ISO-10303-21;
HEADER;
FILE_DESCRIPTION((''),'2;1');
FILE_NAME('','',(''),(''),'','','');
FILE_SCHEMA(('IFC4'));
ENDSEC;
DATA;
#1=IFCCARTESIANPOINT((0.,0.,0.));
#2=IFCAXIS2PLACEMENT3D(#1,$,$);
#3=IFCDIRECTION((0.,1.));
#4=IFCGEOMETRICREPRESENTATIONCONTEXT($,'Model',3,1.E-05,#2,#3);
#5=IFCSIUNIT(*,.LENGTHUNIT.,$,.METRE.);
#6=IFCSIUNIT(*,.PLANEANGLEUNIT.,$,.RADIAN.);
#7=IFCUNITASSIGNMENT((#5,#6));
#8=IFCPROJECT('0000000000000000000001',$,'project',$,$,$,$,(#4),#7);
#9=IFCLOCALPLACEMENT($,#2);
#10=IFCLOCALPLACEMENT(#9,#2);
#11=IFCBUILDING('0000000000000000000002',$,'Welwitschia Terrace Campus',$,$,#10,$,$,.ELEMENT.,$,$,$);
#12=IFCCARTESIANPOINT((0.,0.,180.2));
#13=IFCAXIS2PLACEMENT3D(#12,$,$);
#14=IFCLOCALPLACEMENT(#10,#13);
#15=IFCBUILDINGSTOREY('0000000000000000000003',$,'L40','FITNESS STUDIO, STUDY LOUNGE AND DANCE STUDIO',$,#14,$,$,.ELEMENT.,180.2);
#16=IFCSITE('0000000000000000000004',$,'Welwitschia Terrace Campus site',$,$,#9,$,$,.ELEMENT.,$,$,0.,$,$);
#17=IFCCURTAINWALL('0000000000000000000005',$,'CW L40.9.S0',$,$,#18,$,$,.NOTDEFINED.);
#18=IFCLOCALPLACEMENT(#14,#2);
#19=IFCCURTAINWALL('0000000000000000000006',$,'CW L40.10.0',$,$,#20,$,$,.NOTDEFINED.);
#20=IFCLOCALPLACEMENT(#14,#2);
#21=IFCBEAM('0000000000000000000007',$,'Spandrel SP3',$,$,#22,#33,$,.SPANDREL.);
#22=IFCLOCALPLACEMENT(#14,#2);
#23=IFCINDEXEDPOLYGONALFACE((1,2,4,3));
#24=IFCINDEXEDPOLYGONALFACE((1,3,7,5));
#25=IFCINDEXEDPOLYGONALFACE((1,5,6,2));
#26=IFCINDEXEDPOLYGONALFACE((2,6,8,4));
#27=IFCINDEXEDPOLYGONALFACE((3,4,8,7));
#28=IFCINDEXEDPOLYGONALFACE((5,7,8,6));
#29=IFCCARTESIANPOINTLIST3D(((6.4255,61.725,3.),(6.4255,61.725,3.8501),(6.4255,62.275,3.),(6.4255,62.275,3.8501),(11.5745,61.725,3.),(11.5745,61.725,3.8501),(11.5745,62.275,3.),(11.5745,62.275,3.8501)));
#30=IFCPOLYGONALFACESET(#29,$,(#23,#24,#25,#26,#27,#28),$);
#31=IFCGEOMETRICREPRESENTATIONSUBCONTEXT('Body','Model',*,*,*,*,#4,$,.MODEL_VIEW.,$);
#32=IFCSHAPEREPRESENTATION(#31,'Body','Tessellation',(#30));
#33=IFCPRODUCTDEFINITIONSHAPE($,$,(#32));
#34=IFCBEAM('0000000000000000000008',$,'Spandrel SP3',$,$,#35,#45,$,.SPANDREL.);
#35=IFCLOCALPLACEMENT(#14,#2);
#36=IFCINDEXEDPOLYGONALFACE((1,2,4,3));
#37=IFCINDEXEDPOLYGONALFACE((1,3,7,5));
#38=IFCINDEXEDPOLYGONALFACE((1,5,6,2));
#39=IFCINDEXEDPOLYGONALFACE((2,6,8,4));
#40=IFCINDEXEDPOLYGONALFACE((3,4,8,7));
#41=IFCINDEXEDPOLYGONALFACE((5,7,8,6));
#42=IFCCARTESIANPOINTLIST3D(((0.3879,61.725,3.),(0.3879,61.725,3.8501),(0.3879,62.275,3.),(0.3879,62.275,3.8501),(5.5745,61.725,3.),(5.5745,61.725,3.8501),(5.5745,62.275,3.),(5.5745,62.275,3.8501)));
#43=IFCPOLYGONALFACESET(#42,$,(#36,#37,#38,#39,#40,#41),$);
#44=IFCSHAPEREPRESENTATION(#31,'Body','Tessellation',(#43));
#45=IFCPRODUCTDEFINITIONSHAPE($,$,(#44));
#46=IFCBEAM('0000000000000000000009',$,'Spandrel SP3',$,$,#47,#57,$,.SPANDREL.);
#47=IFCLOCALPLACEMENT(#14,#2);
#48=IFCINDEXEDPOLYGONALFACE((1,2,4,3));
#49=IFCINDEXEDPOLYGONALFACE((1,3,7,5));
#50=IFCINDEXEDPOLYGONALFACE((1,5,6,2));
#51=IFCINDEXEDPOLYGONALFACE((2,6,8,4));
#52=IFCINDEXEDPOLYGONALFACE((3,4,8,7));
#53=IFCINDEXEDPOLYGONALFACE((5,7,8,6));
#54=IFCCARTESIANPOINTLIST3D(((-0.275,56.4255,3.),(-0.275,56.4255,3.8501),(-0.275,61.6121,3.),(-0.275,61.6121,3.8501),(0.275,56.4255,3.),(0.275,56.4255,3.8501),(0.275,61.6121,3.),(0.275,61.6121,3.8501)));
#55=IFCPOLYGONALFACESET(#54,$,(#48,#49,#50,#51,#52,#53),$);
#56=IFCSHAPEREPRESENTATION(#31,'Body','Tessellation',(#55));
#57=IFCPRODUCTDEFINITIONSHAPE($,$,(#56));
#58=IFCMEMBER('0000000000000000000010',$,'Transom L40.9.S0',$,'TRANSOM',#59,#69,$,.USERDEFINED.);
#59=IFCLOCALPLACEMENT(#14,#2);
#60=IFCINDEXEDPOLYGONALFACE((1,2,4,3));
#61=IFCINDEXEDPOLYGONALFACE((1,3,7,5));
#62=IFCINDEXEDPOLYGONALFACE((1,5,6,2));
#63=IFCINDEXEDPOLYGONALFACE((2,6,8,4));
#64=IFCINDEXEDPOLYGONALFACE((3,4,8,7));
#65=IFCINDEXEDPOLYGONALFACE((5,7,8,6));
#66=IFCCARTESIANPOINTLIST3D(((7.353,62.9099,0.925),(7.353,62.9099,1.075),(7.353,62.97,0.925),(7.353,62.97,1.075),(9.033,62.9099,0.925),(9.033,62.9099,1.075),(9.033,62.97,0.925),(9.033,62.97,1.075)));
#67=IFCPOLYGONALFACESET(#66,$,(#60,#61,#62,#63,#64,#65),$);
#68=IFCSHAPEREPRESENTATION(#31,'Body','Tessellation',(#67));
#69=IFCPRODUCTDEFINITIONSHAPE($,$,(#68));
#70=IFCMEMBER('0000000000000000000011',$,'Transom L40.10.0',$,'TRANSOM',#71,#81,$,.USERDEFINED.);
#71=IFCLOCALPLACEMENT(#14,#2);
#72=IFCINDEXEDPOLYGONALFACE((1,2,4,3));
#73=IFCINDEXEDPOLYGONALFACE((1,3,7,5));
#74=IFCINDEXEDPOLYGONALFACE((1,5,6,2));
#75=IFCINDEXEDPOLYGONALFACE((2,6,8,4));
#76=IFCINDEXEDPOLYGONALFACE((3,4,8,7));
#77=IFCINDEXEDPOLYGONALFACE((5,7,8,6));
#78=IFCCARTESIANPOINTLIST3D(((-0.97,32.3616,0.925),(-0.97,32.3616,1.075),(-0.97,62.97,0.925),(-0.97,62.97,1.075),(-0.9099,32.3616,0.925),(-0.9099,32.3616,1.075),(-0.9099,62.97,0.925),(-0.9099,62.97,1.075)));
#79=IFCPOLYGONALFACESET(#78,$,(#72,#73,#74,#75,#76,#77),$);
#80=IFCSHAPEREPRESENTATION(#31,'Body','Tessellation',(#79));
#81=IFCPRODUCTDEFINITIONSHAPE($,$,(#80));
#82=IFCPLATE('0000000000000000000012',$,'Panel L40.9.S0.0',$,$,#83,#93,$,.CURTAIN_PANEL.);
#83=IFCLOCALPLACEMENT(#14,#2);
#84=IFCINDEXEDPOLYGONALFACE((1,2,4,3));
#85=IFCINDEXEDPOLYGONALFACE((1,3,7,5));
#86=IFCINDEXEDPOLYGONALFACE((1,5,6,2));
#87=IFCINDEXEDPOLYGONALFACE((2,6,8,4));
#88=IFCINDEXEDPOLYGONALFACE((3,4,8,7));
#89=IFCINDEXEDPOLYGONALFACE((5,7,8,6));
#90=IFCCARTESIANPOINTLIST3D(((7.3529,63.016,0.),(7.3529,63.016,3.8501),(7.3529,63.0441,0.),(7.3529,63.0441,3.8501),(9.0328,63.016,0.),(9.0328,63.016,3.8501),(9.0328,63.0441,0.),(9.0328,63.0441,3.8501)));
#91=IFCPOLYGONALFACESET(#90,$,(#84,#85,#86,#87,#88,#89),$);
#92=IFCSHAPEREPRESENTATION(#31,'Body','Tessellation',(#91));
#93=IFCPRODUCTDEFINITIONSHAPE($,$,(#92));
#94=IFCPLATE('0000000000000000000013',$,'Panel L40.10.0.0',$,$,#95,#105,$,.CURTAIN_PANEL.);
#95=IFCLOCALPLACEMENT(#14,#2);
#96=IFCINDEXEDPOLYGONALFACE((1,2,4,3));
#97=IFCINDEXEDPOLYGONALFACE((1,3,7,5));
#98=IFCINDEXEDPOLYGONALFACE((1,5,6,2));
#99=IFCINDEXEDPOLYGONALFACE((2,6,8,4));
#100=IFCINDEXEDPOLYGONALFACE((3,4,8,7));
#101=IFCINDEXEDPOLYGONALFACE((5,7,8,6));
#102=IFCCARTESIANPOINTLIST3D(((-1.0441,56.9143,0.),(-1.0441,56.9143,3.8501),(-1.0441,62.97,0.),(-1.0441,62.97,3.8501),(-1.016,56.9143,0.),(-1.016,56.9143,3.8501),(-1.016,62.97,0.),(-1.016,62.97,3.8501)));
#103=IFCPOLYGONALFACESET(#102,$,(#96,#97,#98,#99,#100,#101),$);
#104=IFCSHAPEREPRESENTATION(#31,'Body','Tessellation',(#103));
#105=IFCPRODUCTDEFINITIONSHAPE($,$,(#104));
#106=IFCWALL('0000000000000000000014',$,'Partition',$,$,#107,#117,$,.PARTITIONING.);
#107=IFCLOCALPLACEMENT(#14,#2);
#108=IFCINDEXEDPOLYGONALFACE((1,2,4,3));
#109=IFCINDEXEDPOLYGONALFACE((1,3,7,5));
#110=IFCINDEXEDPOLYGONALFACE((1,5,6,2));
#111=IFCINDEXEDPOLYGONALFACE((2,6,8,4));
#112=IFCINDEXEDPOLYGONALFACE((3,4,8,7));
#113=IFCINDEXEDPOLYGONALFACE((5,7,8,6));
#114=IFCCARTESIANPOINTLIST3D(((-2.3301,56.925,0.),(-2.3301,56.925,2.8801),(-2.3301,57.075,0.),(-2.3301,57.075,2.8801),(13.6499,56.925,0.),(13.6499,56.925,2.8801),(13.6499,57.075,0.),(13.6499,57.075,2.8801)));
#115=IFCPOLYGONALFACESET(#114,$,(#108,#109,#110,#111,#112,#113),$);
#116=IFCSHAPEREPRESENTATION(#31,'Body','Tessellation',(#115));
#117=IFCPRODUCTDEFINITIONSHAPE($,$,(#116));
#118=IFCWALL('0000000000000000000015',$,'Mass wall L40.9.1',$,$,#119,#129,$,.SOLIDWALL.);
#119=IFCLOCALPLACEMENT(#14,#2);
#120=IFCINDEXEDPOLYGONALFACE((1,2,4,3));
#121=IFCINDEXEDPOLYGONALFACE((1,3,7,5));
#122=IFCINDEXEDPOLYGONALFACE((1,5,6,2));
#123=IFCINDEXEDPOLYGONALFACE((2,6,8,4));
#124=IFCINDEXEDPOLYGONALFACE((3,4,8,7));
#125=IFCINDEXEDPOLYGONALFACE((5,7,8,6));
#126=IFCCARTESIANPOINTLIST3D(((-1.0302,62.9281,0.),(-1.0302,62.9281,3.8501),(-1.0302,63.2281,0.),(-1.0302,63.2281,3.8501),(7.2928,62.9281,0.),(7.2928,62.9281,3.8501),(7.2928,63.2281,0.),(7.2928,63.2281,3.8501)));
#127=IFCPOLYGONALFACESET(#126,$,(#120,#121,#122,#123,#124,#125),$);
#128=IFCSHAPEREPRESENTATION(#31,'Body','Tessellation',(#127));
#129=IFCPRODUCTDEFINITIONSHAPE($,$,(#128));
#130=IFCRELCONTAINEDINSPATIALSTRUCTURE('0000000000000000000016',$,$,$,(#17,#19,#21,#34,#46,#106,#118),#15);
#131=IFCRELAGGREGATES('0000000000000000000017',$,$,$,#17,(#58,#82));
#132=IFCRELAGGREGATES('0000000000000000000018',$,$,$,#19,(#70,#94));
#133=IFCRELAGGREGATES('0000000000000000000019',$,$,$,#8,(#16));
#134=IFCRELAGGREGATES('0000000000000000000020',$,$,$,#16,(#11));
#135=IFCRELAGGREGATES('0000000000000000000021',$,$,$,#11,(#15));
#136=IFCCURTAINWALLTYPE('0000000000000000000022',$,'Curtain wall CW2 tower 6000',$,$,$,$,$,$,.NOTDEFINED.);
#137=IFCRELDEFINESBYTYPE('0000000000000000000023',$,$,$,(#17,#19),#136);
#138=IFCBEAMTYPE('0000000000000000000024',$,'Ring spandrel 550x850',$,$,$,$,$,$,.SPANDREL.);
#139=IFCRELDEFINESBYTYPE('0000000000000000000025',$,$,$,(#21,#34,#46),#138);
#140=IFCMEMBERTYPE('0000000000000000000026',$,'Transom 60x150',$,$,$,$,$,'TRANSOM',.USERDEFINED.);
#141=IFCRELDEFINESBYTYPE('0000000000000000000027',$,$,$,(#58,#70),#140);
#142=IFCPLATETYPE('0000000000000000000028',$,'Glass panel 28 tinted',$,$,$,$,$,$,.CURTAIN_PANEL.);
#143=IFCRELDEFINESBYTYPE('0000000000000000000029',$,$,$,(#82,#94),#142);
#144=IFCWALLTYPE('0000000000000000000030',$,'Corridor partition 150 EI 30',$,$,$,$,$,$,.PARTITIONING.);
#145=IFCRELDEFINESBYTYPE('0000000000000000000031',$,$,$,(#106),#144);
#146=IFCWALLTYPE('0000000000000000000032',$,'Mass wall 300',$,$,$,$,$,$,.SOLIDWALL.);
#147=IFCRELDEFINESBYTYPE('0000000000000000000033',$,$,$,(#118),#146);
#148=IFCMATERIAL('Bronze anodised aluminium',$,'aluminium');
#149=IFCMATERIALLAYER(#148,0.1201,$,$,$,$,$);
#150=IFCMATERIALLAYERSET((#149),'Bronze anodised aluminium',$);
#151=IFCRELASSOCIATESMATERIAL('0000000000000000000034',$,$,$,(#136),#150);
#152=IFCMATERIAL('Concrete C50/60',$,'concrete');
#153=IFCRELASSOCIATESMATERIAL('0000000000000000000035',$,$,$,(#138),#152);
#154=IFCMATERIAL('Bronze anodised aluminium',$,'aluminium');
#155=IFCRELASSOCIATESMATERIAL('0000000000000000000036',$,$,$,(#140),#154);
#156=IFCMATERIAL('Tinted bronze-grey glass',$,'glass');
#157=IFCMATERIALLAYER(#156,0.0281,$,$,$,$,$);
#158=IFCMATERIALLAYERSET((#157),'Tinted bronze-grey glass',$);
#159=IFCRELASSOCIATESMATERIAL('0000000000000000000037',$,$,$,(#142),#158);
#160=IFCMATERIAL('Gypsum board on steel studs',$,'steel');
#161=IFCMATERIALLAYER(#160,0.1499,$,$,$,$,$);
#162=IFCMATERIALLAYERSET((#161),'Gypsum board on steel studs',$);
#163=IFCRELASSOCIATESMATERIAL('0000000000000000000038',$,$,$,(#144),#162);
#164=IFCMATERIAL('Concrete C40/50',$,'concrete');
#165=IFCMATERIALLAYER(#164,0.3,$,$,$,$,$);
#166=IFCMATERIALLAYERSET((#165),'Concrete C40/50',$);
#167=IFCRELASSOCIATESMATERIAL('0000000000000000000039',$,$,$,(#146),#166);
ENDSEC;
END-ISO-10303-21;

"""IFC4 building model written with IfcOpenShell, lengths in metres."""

from ifc_helpers import new_model, si_unit, direction, frame, frame_2d, origin, origin_2d, place, context, subcontext, project, spatial, rectangle, extrude, material, layer, layer_set, material_profile, profile_set, type_object, element, aggregate, save


model = new_model("IFC4")

# Units and contexts
model_context = context("Model", 3, precision=1e-05, world=origin(), true_north=direction((0.0, 1.0)))
body_context = subcontext(model_context, "Body", "Model", "MODEL_VIEW")
ifc_project = project(units=[si_unit("LENGTHUNIT", "METRE"), si_unit("PLANEANGLEUNIT", "RADIAN")], contexts=[model_context])

# Site, building, storey
site_placement = place(None, origin())
site = spatial("IfcSite", under=ifc_project, at=site_placement, Name="Welwitschia Terrace Campus site", CompositionType="ELEMENT", RefElevation=0.0)
building_placement = place(site_placement, origin())
building = spatial("IfcBuilding", under=site, at=building_placement, Name="Welwitschia Terrace Campus", CompositionType="ELEMENT")
storey_placement = place(building_placement, frame((0.0, 0.0, 180.2)))
storey = spatial("IfcBuildingStorey", under=building, at=storey_placement, Name="L40", Description="FITNESS STUDIO, STUDY LOUNGE AND DANCE STUDIO", CompositionType="ELEMENT", Elevation=180.2)

# Curtain walls
ifc_material_1 = material(Name="Bronze anodised aluminium", Category="aluminium")
ifc_layer_1 = layer(ifc_material_1, 0.1201)
ifc_layer_set_1 = layer_set([ifc_layer_1], Name="Bronze anodised aluminium")
curtain_wall_type = type_object("IfcCurtainWallType", Name="Curtain wall CW2 tower 6000", PredefinedType="NOTDEFINED", material=ifc_layer_set_1)
curtain_wall_1_placement = place(storey_placement, origin())
curtain_wall_1 = element("IfcCurtainWall", 1, at=curtain_wall_1_placement, inside=storey, type_object=curtain_wall_type, Name="CW L40.9.S0", PredefinedType="NOTDEFINED")
curtain_wall_2_placement = place(storey_placement, origin())
curtain_wall_2 = element("IfcCurtainWall", 2, at=curtain_wall_2_placement, inside=storey, type_object=curtain_wall_type, Name="CW L40.10.0", PredefinedType="NOTDEFINED")

# Beams
ifc_material_2 = material(Name="Concrete C50/60", Category="concrete")
ifc_material_profile_1 = material_profile(ifc_material_2, rectangle(XDim=0.55, YDim=0.8501, at=origin_2d()))
ifc_profile_set_1 = profile_set([ifc_material_profile_1], Name="Concrete C50/60")
beam_type_1 = type_object("IfcBeamType", Name="Ring spandrel 550x850", PredefinedType="SPANDREL", material=ifc_profile_set_1)
beam_1_placement = place(storey_placement, frame((11.5745, 62.0, 3.425), z_axis=(-1.0, 0.0, 0.0), x_axis=(0.0, -1.0, 0.0)))
element("IfcBeam", 3, at=beam_1_placement, inside=storey, type_object=beam_type_1, Name="Spandrel SP3", PredefinedType="SPANDREL", context=body_context, shape_type="SweptSolid", body=[
    extrude(rectangle(XDim=0.55, YDim=0.8501, at=origin_2d()), origin(), (0.0, 0.0, 1.0), 5.1489),
])
for number, where, z_axis, x_axis, name in (
    (4, (5.5745, 62.0, 3.425), (-1.0, 0.0, 0.0), (0.0, -1.0, 0.0), "Spandrel SP3"),
    (5, (0.0, 61.6121, 3.425), (0.0, -1.0, 0.0), (1.0, 0.0, 0.0), "Spandrel SP3"),
):
    element("IfcBeam", number, at=place(storey_placement, frame(where, z_axis=z_axis, x_axis=x_axis)), inside=storey, type_object=beam_type_1, Name=name, PredefinedType="SPANDREL", context=body_context, shape_type="SweptSolid", body=[
        extrude(rectangle(XDim=0.55, YDim=0.8501, at=origin_2d()), origin(), (0.0, 0.0, 1.0), 5.1865),
    ])

# Members
ifc_material_3 = material(Name="Bronze anodised aluminium", Category="aluminium")
ifc_material_profile_2 = material_profile(ifc_material_3, rectangle(XDim=0.0601, YDim=0.1499, at=origin_2d()))
ifc_profile_set_2 = profile_set([ifc_material_profile_2], Name="Bronze anodised aluminium")
member_type_1 = type_object("IfcMemberType", Name="Transom 60x150", ElementType="TRANSOM", PredefinedType="USERDEFINED", material=ifc_profile_set_2)
member_1_placement = place(storey_placement, frame((9.033, 62.9399, 1.0), z_axis=(-1.0, 0.0, 0.0), x_axis=(0.0, -1.0, 0.0)))
member_1 = element("IfcMember", 6, at=member_1_placement, type_object=member_type_1, Name="Transom L40.9.S0", ObjectType="TRANSOM", PredefinedType="USERDEFINED", context=body_context, shape_type="SweptSolid", body=[
    extrude(rectangle(XDim=0.0601, YDim=0.1499, at=origin_2d()), origin(), (0.0, 0.0, 1.0), 1.6799),
])
member_2_placement = place(storey_placement, frame((-0.9399, 62.97, 1.0), z_axis=(0.0, -1.0, 0.0), x_axis=(1.0, 0.0, 0.0)))
member_2 = element("IfcMember", 7, at=member_2_placement, type_object=member_type_1, Name="Transom L40.10.0", ObjectType="TRANSOM", PredefinedType="USERDEFINED", context=body_context, shape_type="SweptSolid", body=[
    extrude(rectangle(XDim=0.0601, YDim=0.1499, at=origin_2d()), origin(), (0.0, 0.0, 1.0), 30.6084),
])

# Plates
ifc_material_4 = material(Name="Tinted bronze-grey glass", Category="glass")
ifc_layer_2 = layer(ifc_material_4, 0.0281)
ifc_layer_set_2 = layer_set([ifc_layer_2], Name="Tinted bronze-grey glass")
plate_type = type_object("IfcPlateType", Name="Glass panel 28 tinted", PredefinedType="CURTAIN_PANEL", material=ifc_layer_set_2)
plate_1_placement = place(storey_placement, frame((8.1929, 63.03, 0.0), z_axis=(0.0, 0.0, 1.0), x_axis=(-1.0, 0.0, 0.0)))
plate_1 = element("IfcPlate", 8, at=plate_1_placement, type_object=plate_type, Name="Panel L40.9.S0.0", PredefinedType="CURTAIN_PANEL", context=body_context, shape_type="SweptSolid", body=[
    extrude(rectangle(XDim=1.6799, YDim=0.0281, at=origin_2d()), origin(), (0.0, 0.0, 1.0), 3.8501),
])
aggregate(curtain_wall_1, [member_1, plate_1])
plate_2_placement = place(storey_placement, frame((-1.03, 59.9421, 0.0), z_axis=(0.0, 0.0, 1.0), x_axis=(0.0, -1.0, 0.0)))
plate_2 = element("IfcPlate", 9, at=plate_2_placement, type_object=plate_type, Name="Panel L40.10.0.0", PredefinedType="CURTAIN_PANEL", context=body_context, shape_type="SweptSolid", body=[
    extrude(rectangle(XDim=6.0557, YDim=0.0281, at=origin_2d()), origin(), (0.0, 0.0, 1.0), 3.8501),
])
aggregate(curtain_wall_2, [member_2, plate_2])

# Walls
ifc_material_5 = material(Name="Gypsum board on steel studs", Category="steel")
ifc_layer_3 = layer(ifc_material_5, 0.1499)
ifc_layer_set_3 = layer_set([ifc_layer_3], Name="Gypsum board on steel studs")
wall_type_1 = type_object("IfcWallType", Name="Corridor partition 150 EI 30", PredefinedType="PARTITIONING", material=ifc_layer_set_3)
wall_1_placement = place(storey_placement, frame((-2.3301, 57.0, 0.0), z_axis=(0.0, 0.0, 1.0), x_axis=(1.0, 0.0, 0.0)))
element("IfcWall", 10, at=wall_1_placement, inside=storey, type_object=wall_type_1, Name="Partition", PredefinedType="PARTITIONING", context=body_context, shape_type="SweptSolid", body=[
    extrude(rectangle(XDim=15.98, YDim=0.1499, at=frame_2d((7.99, 0.0))), origin(), (0.0, 0.0, 1.0), 2.8801),
])
ifc_material_6 = material(Name="Concrete C40/50", Category="concrete")
ifc_layer_4 = layer(ifc_material_6, 0.3)
ifc_layer_set_4 = layer_set([ifc_layer_4], Name="Concrete C40/50")
wall_type_2 = type_object("IfcWallType", Name="Mass wall 300", PredefinedType="SOLIDWALL", material=ifc_layer_set_4)
wall_2_placement = place(storey_placement, frame((7.293, 63.0781, 0.0), z_axis=(0.0, 0.0, 1.0), x_axis=(-1.0, 0.0, 0.0)))
element("IfcWall", 11, at=wall_2_placement, inside=storey, type_object=wall_type_2, Name="Mass wall L40.9.1", PredefinedType="SOLIDWALL", context=body_context, shape_type="SweptSolid", body=[
    extrude(rectangle(XDim=8.323, YDim=0.3, at=frame_2d((4.1616, 0.0))), origin(), (0.0, 0.0, 1.0), 3.8501),
])

save(model, "model.ifc")
